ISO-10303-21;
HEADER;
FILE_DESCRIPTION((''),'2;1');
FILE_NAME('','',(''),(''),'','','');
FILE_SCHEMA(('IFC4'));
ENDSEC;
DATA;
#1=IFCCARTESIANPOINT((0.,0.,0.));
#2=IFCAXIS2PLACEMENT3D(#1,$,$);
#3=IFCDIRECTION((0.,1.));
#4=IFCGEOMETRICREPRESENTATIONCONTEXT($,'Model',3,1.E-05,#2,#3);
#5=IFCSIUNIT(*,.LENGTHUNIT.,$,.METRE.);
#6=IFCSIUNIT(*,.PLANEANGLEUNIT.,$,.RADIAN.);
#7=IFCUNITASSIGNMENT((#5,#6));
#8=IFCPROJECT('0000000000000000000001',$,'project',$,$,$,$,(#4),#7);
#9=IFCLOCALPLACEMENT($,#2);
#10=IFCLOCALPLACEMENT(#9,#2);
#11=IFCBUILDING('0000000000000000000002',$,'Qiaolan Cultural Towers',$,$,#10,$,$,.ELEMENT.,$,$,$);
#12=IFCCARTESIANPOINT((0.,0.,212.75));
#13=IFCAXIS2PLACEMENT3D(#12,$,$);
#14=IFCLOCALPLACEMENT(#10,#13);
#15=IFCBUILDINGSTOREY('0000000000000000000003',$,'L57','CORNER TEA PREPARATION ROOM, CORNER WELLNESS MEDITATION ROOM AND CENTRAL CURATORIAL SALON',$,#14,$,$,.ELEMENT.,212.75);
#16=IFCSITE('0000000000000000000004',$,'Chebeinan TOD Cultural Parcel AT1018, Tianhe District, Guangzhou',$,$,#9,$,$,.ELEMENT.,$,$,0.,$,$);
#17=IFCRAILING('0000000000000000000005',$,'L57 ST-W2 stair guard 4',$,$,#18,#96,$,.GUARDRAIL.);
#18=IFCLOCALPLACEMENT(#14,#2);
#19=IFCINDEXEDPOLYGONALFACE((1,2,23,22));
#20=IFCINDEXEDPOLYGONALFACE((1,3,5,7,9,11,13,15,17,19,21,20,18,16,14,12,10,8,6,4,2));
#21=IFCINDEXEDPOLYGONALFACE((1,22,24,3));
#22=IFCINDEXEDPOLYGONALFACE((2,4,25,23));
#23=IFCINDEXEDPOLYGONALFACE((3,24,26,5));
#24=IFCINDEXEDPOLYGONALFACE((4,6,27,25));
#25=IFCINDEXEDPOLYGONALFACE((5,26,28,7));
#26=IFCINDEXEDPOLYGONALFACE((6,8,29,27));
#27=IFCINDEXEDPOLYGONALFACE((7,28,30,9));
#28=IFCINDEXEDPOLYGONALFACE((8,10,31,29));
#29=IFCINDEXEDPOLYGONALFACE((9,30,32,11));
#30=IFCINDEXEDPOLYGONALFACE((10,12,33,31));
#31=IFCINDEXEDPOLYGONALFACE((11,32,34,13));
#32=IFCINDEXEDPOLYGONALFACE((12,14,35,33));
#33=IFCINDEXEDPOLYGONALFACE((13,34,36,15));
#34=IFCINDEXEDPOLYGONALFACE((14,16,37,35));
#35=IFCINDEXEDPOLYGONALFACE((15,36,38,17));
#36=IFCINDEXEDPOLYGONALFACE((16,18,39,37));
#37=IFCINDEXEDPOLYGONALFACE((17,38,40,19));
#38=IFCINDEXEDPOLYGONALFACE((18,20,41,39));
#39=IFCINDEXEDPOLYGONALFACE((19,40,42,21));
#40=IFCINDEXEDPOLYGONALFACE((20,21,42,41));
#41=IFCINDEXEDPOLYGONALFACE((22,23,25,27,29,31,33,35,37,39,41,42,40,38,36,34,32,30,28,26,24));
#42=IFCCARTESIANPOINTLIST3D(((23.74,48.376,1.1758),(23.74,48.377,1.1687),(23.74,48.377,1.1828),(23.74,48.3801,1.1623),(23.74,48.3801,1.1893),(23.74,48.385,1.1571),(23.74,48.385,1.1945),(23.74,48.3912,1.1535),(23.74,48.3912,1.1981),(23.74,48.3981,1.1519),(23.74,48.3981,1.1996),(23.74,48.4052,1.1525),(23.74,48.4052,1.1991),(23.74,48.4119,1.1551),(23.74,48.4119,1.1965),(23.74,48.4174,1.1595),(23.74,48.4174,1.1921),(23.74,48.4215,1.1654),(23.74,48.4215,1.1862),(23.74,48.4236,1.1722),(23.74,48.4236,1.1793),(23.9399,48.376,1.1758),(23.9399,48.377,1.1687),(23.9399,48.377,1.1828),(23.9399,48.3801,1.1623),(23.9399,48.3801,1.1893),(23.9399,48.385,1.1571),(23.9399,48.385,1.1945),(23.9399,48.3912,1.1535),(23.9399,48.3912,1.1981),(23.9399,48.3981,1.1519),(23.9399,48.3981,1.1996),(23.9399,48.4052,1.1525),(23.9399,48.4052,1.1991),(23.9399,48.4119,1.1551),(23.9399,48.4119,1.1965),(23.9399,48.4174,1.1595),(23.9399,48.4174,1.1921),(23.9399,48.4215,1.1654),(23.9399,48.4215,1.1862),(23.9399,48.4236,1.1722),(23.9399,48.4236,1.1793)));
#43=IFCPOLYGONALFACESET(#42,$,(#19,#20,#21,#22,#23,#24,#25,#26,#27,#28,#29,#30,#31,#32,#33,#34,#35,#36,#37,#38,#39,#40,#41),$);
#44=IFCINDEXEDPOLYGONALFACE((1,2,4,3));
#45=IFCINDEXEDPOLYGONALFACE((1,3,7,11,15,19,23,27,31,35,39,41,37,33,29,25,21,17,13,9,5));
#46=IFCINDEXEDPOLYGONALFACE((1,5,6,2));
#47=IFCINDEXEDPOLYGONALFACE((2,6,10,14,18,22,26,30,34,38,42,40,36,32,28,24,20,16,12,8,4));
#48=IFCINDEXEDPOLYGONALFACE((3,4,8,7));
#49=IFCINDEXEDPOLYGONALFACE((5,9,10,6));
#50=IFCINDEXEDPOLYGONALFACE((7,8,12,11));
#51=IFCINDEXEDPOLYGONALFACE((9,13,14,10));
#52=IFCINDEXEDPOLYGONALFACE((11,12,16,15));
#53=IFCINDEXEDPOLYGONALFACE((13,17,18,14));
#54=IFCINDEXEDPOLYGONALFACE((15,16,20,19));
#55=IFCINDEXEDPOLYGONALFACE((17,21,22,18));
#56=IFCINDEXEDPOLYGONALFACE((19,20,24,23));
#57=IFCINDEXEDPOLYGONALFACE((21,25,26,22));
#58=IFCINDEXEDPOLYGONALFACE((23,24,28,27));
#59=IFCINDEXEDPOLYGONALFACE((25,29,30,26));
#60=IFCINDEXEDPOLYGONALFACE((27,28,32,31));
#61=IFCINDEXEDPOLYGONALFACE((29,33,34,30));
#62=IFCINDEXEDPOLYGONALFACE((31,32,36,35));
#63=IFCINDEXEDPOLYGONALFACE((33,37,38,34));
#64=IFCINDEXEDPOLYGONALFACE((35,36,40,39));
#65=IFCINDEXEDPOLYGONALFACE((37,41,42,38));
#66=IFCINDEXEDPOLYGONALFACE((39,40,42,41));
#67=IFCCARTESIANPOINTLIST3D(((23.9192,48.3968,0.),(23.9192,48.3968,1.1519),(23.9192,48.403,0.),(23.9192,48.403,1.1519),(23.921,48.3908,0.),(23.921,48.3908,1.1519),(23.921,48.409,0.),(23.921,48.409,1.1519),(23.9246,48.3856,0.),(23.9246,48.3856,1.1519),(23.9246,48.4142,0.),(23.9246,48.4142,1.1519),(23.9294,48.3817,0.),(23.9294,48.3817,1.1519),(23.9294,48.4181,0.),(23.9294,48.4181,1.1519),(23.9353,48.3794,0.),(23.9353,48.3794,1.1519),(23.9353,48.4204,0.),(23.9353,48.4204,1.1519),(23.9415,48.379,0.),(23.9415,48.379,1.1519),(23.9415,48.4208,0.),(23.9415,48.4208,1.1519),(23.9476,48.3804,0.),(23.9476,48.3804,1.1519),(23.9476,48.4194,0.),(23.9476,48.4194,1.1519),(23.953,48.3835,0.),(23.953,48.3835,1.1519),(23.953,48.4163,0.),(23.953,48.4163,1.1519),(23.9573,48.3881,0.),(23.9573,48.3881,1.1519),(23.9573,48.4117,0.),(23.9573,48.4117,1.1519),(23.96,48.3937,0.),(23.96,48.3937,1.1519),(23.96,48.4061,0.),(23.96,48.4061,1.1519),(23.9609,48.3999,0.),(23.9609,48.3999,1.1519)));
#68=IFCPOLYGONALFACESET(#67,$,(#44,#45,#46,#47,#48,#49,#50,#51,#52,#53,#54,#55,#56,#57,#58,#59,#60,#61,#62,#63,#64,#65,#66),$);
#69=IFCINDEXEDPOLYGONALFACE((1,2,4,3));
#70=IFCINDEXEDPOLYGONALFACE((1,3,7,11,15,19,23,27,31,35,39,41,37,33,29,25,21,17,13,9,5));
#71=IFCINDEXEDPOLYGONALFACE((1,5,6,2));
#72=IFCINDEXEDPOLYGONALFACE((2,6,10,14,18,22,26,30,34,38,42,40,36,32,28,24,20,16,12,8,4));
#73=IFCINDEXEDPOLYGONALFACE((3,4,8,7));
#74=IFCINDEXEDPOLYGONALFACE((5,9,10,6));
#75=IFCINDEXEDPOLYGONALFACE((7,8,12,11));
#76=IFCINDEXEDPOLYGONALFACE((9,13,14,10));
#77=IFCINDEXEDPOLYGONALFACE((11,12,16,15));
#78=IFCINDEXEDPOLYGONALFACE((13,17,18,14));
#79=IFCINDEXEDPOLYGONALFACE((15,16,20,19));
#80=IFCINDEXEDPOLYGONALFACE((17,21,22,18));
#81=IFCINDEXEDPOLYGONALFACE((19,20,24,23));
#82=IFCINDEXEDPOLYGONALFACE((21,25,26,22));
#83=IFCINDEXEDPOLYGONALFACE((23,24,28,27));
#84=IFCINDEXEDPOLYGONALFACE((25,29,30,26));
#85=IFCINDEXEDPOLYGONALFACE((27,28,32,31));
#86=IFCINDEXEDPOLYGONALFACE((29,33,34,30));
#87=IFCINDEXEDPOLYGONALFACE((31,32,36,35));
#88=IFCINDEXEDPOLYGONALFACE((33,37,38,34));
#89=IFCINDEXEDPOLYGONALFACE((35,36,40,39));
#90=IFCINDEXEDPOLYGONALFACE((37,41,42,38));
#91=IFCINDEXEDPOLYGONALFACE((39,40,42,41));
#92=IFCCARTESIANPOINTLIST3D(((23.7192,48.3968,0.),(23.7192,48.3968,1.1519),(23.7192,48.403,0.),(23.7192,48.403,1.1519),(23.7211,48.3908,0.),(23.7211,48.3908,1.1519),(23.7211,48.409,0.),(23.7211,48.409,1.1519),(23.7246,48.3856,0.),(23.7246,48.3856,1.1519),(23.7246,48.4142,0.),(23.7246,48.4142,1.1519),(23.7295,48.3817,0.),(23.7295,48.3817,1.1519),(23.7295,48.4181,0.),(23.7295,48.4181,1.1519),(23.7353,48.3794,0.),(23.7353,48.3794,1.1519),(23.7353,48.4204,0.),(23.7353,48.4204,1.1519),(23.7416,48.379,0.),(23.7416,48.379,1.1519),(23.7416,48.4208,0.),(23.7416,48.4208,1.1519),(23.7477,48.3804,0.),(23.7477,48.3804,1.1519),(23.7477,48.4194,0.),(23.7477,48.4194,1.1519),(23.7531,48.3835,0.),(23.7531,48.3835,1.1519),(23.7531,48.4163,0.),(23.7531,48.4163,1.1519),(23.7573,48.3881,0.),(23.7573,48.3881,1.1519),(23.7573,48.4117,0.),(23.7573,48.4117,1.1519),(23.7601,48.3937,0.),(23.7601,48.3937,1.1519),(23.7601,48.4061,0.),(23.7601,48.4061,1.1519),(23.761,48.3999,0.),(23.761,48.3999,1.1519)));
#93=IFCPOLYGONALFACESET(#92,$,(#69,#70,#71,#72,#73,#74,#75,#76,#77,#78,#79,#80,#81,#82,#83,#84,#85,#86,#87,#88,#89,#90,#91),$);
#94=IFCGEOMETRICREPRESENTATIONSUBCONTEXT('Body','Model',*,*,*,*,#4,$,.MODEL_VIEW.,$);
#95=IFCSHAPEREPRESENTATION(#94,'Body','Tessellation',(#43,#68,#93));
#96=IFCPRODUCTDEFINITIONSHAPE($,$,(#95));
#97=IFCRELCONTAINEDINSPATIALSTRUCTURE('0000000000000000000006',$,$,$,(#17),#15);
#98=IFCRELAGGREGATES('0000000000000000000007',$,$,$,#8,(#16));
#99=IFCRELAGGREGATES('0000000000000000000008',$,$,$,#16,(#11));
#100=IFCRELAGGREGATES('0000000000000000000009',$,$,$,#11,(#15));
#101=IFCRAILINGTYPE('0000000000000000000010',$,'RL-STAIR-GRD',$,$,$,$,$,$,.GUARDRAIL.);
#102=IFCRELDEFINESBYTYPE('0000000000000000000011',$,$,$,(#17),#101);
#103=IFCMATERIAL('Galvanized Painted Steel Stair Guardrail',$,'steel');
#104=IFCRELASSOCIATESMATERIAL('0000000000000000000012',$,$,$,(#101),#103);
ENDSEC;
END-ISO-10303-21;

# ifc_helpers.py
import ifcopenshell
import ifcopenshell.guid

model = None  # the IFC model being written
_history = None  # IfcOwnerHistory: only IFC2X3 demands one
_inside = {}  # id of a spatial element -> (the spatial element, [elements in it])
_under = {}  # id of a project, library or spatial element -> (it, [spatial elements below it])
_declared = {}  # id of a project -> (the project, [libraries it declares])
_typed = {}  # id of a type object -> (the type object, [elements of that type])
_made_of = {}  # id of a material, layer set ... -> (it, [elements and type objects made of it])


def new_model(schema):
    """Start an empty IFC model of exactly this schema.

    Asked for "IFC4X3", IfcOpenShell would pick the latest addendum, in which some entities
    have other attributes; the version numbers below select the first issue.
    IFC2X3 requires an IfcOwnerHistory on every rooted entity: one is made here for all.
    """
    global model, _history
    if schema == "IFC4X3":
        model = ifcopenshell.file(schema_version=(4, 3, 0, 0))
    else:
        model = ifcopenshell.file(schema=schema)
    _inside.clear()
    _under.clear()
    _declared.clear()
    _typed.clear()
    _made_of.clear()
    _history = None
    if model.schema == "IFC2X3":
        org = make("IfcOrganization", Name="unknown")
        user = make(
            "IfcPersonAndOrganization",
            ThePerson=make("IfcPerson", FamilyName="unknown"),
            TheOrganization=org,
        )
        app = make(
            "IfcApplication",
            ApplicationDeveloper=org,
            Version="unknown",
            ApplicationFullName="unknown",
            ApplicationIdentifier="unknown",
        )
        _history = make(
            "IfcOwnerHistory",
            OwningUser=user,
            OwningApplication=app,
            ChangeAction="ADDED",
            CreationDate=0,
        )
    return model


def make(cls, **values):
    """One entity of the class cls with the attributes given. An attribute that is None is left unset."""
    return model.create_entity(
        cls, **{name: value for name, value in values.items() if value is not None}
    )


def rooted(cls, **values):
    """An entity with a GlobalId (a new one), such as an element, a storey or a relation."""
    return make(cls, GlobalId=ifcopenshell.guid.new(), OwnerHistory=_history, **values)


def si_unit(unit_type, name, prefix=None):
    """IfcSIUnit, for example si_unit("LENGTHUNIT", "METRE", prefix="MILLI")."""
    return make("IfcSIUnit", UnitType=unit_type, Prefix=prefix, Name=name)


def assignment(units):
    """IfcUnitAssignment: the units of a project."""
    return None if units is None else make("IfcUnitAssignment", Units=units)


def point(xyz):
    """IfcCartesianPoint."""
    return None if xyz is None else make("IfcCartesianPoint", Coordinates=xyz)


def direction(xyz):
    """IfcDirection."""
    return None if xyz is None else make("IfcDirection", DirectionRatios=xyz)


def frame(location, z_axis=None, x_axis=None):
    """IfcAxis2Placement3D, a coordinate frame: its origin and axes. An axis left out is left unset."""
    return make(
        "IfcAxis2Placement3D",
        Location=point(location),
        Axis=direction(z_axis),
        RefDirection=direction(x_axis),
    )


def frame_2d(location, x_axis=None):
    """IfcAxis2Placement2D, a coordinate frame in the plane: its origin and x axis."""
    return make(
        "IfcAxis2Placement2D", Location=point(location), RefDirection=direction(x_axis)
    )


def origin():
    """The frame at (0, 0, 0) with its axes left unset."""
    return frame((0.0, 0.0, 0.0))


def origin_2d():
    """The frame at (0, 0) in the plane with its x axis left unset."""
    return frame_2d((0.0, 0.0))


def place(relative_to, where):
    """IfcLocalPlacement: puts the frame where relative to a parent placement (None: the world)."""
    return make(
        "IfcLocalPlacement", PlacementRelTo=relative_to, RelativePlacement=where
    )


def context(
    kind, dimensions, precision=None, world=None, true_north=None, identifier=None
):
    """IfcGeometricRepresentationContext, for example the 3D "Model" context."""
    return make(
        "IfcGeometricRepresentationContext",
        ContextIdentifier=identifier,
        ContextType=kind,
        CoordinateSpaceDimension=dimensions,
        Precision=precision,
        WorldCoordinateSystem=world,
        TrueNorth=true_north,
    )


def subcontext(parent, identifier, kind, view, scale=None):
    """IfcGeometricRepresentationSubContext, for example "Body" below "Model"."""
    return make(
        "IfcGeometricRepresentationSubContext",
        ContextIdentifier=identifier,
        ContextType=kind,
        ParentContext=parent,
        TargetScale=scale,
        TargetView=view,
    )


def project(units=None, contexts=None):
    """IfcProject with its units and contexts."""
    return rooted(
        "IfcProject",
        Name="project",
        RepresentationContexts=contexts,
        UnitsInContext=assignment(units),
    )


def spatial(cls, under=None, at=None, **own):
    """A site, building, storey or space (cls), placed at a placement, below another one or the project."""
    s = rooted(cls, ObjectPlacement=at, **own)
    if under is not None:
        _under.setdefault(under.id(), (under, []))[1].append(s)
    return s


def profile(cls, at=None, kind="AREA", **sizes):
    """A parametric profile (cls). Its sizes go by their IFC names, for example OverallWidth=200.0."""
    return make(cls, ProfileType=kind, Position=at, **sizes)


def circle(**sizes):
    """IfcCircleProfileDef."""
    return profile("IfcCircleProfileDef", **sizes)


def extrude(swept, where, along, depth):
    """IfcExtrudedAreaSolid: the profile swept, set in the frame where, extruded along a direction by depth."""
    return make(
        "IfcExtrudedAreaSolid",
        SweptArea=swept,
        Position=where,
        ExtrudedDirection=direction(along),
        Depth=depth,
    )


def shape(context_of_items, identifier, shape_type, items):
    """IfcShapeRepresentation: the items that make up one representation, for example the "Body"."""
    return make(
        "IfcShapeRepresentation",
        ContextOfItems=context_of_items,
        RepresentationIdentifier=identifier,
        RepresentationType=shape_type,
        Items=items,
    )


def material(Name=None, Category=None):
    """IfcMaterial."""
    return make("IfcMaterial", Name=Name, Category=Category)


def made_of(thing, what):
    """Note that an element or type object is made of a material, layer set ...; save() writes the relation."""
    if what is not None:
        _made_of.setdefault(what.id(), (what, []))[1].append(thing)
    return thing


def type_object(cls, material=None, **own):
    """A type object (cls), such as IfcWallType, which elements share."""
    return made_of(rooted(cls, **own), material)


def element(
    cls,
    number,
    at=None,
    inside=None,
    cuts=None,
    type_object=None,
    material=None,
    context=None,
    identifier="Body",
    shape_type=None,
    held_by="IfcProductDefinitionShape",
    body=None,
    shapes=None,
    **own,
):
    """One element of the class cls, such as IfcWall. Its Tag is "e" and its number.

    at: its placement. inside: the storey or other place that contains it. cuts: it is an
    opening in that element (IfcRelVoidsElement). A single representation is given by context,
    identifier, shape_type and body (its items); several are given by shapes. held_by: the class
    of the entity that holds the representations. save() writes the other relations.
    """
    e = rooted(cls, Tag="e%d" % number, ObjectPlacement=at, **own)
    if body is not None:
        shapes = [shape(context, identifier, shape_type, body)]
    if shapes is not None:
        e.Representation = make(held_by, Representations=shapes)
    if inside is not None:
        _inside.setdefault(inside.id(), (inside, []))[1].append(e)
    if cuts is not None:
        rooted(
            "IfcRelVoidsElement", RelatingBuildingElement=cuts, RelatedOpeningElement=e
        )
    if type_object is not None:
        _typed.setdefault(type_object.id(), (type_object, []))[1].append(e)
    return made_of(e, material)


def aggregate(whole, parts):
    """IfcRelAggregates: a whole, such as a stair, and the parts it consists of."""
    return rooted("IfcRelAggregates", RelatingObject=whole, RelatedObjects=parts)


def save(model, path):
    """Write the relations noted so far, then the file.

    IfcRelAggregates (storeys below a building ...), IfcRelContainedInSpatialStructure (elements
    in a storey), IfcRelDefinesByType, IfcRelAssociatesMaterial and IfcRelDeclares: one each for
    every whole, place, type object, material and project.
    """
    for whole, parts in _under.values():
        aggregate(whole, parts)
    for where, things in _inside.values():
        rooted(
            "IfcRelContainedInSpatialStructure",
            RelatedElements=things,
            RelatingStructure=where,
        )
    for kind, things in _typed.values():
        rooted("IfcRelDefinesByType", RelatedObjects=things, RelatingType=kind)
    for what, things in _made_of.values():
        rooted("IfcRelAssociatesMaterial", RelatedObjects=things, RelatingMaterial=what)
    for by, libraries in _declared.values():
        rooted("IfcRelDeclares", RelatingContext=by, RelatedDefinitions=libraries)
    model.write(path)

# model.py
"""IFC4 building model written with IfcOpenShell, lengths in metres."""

from ifc_helpers import new_model, si_unit, direction, frame, origin, origin_2d, place, context, subcontext, project, spatial, circle, extrude, material, type_object, element, save


model = new_model("IFC4")

# Units and contexts
model_context = context("Model", 3, precision=1e-05, world=origin(), true_north=direction((0.0, 1.0)))
body_context = subcontext(model_context, "Body", "Model", "MODEL_VIEW")
ifc_project = project(units=[si_unit("LENGTHUNIT", "METRE"), si_unit("PLANEANGLEUNIT", "RADIAN")], contexts=[model_context])

# Site, building, storey
site_placement = place(None, origin())
site = spatial("IfcSite", under=ifc_project, at=site_placement, Name="Chebeinan TOD Cultural Parcel AT1018, Tianhe District, Guangzhou", CompositionType="ELEMENT", RefElevation=0.0)
building_placement = place(site_placement, origin())
building = spatial("IfcBuilding", under=site, at=building_placement, Name="Qiaolan Cultural Towers", CompositionType="ELEMENT")
storey_placement = place(building_placement, frame((0.0, 0.0, 212.75)))
storey = spatial("IfcBuildingStorey", under=building, at=storey_placement, Name="L57", Description="CORNER TEA PREPARATION ROOM, CORNER WELLNESS MEDITATION ROOM AND CENTRAL CURATORIAL SALON", CompositionType="ELEMENT", Elevation=212.75)

# Railing
ifc_material_1 = material(Name="Galvanized Painted Steel Stair Guardrail", Category="steel")
railing_type_1 = type_object("IfcRailingType", Name="RL-STAIR-GRD", PredefinedType="GUARDRAIL", material=ifc_material_1)
railing_1_placement = place(storey_placement, frame((23.9399, 48.3999, 0.0)))
element("IfcRailing", 1, at=railing_1_placement, inside=storey, type_object=railing_type_1, Name="L57 ST-W2 stair guard 4", PredefinedType="GUARDRAIL", context=body_context, shape_type="SweptSolid", body=[
    extrude(circle(Radius=0.0239, at=origin_2d()), frame((0.0, 0.0, 1.1758), z_axis=(-1.0, 0.0, 0.0), x_axis=(0.0, -1.0, 0.0)), (0.0, 0.0, 1.0), 0.2),
    extrude(circle(Radius=0.021, at=origin_2d()), origin(), (0.0, 0.0, 1.0), 1.1519),
    extrude(circle(Radius=0.021, at=origin_2d()), frame((-0.2, 0.0, 0.0)), (0.0, 0.0, 1.0), 1.1519),
])

save(model, "model.ifc")
